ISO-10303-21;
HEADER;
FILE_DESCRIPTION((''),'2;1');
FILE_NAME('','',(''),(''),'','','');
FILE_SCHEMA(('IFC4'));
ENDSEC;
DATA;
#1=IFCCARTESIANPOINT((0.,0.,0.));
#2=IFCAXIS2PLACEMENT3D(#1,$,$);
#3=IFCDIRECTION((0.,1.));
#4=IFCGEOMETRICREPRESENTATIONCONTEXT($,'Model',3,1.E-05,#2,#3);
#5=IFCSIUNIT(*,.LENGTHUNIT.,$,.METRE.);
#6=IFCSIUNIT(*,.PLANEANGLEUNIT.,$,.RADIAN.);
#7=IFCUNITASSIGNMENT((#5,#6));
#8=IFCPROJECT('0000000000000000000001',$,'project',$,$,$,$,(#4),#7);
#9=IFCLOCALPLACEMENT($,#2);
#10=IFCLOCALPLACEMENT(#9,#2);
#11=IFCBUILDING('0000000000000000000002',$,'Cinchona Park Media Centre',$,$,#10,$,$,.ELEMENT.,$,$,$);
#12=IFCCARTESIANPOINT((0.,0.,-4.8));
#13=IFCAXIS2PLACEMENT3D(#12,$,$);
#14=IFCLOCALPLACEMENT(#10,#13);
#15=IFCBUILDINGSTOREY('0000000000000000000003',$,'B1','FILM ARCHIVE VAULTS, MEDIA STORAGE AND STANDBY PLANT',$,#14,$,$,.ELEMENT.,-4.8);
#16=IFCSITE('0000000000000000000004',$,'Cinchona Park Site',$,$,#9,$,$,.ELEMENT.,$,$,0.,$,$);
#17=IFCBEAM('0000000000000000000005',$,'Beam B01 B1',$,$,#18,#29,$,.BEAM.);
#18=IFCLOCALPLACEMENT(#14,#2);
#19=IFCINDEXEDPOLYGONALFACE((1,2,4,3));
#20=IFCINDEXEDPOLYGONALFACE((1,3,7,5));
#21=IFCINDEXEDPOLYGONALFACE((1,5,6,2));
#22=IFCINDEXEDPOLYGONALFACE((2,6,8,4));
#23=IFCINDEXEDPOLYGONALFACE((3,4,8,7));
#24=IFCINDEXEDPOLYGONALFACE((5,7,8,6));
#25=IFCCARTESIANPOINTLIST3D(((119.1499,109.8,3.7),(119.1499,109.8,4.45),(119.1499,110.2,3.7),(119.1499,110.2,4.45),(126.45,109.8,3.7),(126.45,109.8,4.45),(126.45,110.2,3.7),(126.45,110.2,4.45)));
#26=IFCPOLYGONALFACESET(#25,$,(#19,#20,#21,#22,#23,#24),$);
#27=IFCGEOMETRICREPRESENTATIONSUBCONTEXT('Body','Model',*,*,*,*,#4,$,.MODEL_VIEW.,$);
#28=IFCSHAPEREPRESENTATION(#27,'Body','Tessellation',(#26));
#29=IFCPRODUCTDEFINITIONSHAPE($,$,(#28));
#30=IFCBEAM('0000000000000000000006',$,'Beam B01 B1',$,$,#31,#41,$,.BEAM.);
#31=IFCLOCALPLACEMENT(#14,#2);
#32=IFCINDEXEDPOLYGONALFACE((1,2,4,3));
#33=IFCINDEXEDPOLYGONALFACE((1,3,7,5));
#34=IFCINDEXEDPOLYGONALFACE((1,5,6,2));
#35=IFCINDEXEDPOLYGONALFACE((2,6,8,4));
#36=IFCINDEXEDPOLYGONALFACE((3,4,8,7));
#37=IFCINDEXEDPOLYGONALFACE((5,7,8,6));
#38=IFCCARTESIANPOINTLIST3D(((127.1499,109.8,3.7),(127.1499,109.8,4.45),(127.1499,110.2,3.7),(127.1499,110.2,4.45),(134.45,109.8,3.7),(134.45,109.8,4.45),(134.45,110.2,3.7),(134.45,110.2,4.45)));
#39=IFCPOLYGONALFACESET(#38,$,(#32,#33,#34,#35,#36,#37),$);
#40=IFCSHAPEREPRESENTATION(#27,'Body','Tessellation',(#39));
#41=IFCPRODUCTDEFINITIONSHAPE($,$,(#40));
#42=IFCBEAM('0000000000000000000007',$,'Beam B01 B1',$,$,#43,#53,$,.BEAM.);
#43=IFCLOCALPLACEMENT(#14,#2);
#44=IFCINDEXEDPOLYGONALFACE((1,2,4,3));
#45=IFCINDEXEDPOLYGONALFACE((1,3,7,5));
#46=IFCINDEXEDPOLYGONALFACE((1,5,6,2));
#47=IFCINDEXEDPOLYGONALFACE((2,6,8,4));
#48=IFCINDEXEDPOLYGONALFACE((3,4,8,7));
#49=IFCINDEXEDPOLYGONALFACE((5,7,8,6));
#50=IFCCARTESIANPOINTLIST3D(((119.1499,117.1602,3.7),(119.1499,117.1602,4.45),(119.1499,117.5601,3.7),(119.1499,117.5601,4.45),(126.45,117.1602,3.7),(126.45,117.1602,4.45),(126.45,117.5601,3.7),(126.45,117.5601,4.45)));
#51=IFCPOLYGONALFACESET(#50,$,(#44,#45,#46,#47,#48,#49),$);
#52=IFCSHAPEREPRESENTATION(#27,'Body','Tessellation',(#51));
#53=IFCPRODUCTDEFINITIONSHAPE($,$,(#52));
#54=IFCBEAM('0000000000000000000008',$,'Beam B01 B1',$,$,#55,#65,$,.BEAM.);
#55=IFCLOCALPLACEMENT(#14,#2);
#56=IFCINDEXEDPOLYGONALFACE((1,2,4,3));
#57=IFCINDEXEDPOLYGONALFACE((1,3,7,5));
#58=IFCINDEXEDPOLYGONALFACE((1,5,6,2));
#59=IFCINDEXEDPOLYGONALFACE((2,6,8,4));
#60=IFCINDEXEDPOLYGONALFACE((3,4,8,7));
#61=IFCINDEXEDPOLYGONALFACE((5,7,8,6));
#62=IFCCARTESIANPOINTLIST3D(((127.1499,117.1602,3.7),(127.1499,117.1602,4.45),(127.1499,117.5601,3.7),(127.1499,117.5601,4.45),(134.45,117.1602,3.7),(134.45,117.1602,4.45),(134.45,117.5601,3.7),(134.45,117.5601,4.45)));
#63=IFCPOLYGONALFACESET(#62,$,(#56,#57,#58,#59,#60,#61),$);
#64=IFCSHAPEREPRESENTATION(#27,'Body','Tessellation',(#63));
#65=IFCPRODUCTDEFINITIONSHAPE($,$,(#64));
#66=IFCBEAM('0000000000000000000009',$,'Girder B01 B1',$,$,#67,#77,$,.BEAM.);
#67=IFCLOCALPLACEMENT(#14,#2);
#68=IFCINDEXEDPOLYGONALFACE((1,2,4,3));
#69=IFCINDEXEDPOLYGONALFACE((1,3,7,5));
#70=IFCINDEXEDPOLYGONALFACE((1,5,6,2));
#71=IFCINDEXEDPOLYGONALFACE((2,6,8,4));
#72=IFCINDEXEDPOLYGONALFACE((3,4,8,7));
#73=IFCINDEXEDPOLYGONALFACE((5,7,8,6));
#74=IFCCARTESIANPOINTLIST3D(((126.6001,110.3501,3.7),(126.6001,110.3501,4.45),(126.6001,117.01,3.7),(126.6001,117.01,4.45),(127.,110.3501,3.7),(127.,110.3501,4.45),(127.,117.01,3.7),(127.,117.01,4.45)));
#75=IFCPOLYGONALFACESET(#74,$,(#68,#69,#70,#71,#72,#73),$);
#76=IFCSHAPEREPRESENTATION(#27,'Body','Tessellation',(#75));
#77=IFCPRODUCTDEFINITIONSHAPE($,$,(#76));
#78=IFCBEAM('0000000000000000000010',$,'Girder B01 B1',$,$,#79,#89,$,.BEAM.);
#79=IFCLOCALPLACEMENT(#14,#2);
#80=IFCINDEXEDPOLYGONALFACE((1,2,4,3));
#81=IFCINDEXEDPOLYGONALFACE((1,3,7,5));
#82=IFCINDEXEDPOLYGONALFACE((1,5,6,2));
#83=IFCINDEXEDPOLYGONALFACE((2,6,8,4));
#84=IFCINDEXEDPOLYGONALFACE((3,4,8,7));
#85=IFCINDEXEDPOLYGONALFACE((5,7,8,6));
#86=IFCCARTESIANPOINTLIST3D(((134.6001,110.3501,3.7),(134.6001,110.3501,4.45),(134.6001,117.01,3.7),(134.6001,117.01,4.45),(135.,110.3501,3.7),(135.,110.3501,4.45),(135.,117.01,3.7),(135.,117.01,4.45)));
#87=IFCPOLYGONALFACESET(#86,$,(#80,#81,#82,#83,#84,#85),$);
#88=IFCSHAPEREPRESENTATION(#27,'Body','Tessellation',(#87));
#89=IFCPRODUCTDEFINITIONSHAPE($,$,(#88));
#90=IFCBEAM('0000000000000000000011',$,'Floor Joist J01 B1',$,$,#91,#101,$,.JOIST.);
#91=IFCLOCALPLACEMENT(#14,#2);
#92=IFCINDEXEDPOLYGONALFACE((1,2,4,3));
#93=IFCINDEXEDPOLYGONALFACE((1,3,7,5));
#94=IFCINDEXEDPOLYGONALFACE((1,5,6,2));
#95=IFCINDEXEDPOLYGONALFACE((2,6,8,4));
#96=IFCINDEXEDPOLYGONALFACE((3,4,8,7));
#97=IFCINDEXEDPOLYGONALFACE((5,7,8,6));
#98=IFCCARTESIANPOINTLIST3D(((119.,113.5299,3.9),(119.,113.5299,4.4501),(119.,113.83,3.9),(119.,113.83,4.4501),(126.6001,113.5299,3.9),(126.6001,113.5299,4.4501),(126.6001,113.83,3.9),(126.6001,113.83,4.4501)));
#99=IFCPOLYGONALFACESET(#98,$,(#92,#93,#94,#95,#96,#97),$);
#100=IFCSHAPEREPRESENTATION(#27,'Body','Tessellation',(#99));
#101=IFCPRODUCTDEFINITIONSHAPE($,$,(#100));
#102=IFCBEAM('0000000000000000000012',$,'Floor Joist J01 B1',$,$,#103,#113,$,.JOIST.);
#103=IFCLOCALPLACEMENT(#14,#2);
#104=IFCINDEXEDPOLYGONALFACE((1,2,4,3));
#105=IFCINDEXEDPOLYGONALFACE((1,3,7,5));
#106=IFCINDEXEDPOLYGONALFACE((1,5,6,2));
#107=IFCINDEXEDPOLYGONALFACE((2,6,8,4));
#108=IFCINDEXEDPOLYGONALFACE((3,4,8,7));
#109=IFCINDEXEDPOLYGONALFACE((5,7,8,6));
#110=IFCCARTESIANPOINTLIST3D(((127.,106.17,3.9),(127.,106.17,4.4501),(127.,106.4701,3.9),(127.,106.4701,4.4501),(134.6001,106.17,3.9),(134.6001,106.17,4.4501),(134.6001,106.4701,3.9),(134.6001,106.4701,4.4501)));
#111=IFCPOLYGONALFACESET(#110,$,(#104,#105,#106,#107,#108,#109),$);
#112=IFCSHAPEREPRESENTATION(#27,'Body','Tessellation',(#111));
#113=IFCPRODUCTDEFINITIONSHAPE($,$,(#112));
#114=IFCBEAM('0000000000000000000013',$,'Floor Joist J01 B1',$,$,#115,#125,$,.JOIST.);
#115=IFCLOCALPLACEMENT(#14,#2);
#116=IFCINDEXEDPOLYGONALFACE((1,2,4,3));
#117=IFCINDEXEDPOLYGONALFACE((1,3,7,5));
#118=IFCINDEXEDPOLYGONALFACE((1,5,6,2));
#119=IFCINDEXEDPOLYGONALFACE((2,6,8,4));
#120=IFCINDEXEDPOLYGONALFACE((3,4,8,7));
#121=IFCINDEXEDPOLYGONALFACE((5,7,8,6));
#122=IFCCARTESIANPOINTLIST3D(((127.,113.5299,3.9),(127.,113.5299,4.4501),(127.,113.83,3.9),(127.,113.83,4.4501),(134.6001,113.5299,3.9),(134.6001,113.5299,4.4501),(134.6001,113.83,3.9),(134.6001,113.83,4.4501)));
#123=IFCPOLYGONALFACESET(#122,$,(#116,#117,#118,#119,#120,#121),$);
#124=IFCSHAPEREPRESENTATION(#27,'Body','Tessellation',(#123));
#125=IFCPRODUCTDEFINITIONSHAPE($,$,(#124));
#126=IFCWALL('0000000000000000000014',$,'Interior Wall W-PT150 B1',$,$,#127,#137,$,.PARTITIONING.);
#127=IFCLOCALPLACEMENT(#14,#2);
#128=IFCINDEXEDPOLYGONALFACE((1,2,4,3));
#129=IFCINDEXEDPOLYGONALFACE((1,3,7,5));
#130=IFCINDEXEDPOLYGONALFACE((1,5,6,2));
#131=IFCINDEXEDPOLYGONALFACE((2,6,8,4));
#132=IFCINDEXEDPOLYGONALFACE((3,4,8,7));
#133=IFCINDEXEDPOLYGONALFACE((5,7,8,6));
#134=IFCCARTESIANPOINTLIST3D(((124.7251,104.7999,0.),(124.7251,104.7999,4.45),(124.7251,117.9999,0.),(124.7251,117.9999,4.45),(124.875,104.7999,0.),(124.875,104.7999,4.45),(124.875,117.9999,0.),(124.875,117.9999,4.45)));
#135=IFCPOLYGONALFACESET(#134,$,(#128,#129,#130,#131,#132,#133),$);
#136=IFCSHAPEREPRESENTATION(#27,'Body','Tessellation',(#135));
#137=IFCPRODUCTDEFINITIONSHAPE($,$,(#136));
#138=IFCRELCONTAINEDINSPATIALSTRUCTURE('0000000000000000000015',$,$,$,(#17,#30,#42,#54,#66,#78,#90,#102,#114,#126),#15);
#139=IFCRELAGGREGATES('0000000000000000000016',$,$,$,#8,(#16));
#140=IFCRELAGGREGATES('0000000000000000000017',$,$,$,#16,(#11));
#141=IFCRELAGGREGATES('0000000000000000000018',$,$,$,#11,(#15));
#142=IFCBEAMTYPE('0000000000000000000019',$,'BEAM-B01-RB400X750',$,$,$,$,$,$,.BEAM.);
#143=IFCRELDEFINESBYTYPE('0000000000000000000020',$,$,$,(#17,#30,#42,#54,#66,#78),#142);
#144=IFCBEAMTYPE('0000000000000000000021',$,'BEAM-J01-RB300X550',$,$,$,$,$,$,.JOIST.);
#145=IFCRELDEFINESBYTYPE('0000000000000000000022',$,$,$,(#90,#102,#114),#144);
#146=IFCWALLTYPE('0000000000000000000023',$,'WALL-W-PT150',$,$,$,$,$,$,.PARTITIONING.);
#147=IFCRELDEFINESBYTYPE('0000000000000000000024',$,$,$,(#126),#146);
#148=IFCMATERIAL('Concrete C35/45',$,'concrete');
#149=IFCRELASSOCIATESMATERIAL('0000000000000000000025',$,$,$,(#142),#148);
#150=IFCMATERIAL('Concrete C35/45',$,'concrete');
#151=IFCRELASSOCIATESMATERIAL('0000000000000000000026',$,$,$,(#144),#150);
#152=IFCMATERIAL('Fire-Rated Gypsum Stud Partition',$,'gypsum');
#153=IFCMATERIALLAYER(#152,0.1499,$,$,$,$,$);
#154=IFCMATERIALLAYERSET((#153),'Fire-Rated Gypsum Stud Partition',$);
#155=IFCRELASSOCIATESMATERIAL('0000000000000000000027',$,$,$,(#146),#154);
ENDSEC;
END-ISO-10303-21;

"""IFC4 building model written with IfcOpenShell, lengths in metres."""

from ifc_helpers import new_model, si_unit, direction, frame, frame_2d, origin, origin_2d, place, context, subcontext, project, spatial, rectangle, extrude, material, layer, layer_set, material_profile, profile_set, type_object, element, save


model = new_model("IFC4")

# Units and contexts
model_context = context("Model", 3, precision=1e-05, world=origin(), true_north=direction((0.0, 1.0)))
body_context = subcontext(model_context, "Body", "Model", "MODEL_VIEW")
ifc_project = project(units=[si_unit("LENGTHUNIT", "METRE"), si_unit("PLANEANGLEUNIT", "RADIAN")], contexts=[model_context])

# Site, building, storey
site_placement = place(None, origin())
site = spatial("IfcSite", under=ifc_project, at=site_placement, Name="Cinchona Park Site", CompositionType="ELEMENT", RefElevation=0.0)
building_placement = place(site_placement, origin())
building = spatial("IfcBuilding", under=site, at=building_placement, Name="Cinchona Park Media Centre", CompositionType="ELEMENT")
storey_placement = place(building_placement, frame((0.0, 0.0, -4.8)))
storey = spatial("IfcBuildingStorey", under=building, at=storey_placement, Name="B1", Description="FILM ARCHIVE VAULTS, MEDIA STORAGE AND STANDBY PLANT", CompositionType="ELEMENT", Elevation=-4.8)

# Beams
ifc_material_1 = material(Name="Concrete C35/45", Category="concrete")
ifc_material_profile_1 = material_profile(ifc_material_1, rectangle(XDim=0.3999, YDim=0.75, at=origin_2d()), Name="RB 400X750")
ifc_profile_set_1 = profile_set([ifc_material_profile_1], Name="Concrete C35/45")
beam_type_1 = type_object("IfcBeamType", Name="BEAM-B01-RB400X750", PredefinedType="BEAM", material=ifc_profile_set_1)
for number, where, z_axis, x_axis, name in (
    (1, (119.1499, 110.0, 4.075), (1.0, 0.0, 0.0), (0.0, 1.0, 0.0), "Beam B01 B1"),
    (2, (127.1499, 110.0, 4.075), (1.0, 0.0, 0.0), (0.0, 1.0, 0.0), "Beam B01 B1"),
    (3, (119.1499, 117.3601, 4.075), (1.0, 0.0, 0.0), (0.0, 1.0, 0.0), "Beam B01 B1"),
    (4, (127.1499, 117.3601, 4.075), (1.0, 0.0, 0.0), (0.0, 1.0, 0.0), "Beam B01 B1"),
):
    element("IfcBeam", number, at=place(storey_placement, frame(where, z_axis=z_axis, x_axis=x_axis)), inside=storey, type_object=beam_type_1, Name=name, PredefinedType="BEAM", context=body_context, shape_type="SweptSolid", body=[
        extrude(rectangle(XDim=0.3999, YDim=0.75, at=origin_2d()), origin(), (0.0, 0.0, 1.0), 7.3),
    ])
for number, where, z_axis, x_axis, name in (
    (5, (126.8, 110.3501, 4.075), (0.0, 1.0, 0.0), (-1.0, 0.0, 0.0), "Girder B01 B1"),
    (6, (134.8, 110.3501, 4.075), (0.0, 1.0, 0.0), (-1.0, 0.0, 0.0), "Girder B01 B1"),
):
    element("IfcBeam", number, at=place(storey_placement, frame(where, z_axis=z_axis, x_axis=x_axis)), inside=storey, type_object=beam_type_1, Name=name, PredefinedType="BEAM", context=body_context, shape_type="SweptSolid", body=[
        extrude(rectangle(XDim=0.3999, YDim=0.75, at=origin_2d()), origin(), (0.0, 0.0, 1.0), 6.6599),
    ])
ifc_material_2 = material(Name="Concrete C35/45", Category="concrete")
ifc_material_profile_2 = material_profile(ifc_material_2, rectangle(XDim=0.3, YDim=0.55, at=origin_2d()), Name="RB 300X550")
ifc_profile_set_2 = profile_set([ifc_material_profile_2], Name="Concrete C35/45")
beam_type_2 = type_object("IfcBeamType", Name="BEAM-J01-RB300X550", PredefinedType="JOIST", material=ifc_profile_set_2)
for number, where, z_axis, x_axis, name in (
    (7, (119.0, 113.6799, 4.175), (1.0, 0.0, 0.0), (0.0, 1.0, 0.0), "Floor Joist J01 B1"),
    (8, (127.0, 106.3201, 4.175), (1.0, 0.0, 0.0), (0.0, 1.0, 0.0), "Floor Joist J01 B1"),
    (9, (127.0, 113.6799, 4.175), (1.0, 0.0, 0.0), (0.0, 1.0, 0.0), "Floor Joist J01 B1"),
):
    element("IfcBeam", number, at=place(storey_placement, frame(where, z_axis=z_axis, x_axis=x_axis)), inside=storey, type_object=beam_type_2, Name=name, PredefinedType="JOIST", context=body_context, shape_type="SweptSolid", body=[
        extrude(rectangle(XDim=0.3, YDim=0.55, at=origin_2d()), origin(), (0.0, 0.0, 1.0), 7.6001),
    ])

# Wall
ifc_material_3 = material(Name="Fire-Rated Gypsum Stud Partition", Category="gypsum")
ifc_layer_1 = layer(ifc_material_3, 0.1499)
ifc_layer_set_1 = layer_set([ifc_layer_1], Name="Fire-Rated Gypsum Stud Partition")
wall_type = type_object("IfcWallType", Name="WALL-W-PT150", PredefinedType="PARTITIONING", material=ifc_layer_set_1)
wall_placement = place(storey_placement, frame((124.8, 118.0, 0.0), z_axis=(0.0, 0.0, 1.0), x_axis=(0.0, -1.0, 0.0)))
element("IfcWall", 10, at=wall_placement, inside=storey, type_object=wall_type, Name="Interior Wall W-PT150 B1", PredefinedType="PARTITIONING", context=body_context, shape_type="SweptSolid", body=[
    extrude(rectangle(XDim=13.2, YDim=0.1499, at=frame_2d((6.6001, 0.0))), origin(), (0.0, 0.0, 1.0), 4.45),
])

save(model, "model.ifc")
